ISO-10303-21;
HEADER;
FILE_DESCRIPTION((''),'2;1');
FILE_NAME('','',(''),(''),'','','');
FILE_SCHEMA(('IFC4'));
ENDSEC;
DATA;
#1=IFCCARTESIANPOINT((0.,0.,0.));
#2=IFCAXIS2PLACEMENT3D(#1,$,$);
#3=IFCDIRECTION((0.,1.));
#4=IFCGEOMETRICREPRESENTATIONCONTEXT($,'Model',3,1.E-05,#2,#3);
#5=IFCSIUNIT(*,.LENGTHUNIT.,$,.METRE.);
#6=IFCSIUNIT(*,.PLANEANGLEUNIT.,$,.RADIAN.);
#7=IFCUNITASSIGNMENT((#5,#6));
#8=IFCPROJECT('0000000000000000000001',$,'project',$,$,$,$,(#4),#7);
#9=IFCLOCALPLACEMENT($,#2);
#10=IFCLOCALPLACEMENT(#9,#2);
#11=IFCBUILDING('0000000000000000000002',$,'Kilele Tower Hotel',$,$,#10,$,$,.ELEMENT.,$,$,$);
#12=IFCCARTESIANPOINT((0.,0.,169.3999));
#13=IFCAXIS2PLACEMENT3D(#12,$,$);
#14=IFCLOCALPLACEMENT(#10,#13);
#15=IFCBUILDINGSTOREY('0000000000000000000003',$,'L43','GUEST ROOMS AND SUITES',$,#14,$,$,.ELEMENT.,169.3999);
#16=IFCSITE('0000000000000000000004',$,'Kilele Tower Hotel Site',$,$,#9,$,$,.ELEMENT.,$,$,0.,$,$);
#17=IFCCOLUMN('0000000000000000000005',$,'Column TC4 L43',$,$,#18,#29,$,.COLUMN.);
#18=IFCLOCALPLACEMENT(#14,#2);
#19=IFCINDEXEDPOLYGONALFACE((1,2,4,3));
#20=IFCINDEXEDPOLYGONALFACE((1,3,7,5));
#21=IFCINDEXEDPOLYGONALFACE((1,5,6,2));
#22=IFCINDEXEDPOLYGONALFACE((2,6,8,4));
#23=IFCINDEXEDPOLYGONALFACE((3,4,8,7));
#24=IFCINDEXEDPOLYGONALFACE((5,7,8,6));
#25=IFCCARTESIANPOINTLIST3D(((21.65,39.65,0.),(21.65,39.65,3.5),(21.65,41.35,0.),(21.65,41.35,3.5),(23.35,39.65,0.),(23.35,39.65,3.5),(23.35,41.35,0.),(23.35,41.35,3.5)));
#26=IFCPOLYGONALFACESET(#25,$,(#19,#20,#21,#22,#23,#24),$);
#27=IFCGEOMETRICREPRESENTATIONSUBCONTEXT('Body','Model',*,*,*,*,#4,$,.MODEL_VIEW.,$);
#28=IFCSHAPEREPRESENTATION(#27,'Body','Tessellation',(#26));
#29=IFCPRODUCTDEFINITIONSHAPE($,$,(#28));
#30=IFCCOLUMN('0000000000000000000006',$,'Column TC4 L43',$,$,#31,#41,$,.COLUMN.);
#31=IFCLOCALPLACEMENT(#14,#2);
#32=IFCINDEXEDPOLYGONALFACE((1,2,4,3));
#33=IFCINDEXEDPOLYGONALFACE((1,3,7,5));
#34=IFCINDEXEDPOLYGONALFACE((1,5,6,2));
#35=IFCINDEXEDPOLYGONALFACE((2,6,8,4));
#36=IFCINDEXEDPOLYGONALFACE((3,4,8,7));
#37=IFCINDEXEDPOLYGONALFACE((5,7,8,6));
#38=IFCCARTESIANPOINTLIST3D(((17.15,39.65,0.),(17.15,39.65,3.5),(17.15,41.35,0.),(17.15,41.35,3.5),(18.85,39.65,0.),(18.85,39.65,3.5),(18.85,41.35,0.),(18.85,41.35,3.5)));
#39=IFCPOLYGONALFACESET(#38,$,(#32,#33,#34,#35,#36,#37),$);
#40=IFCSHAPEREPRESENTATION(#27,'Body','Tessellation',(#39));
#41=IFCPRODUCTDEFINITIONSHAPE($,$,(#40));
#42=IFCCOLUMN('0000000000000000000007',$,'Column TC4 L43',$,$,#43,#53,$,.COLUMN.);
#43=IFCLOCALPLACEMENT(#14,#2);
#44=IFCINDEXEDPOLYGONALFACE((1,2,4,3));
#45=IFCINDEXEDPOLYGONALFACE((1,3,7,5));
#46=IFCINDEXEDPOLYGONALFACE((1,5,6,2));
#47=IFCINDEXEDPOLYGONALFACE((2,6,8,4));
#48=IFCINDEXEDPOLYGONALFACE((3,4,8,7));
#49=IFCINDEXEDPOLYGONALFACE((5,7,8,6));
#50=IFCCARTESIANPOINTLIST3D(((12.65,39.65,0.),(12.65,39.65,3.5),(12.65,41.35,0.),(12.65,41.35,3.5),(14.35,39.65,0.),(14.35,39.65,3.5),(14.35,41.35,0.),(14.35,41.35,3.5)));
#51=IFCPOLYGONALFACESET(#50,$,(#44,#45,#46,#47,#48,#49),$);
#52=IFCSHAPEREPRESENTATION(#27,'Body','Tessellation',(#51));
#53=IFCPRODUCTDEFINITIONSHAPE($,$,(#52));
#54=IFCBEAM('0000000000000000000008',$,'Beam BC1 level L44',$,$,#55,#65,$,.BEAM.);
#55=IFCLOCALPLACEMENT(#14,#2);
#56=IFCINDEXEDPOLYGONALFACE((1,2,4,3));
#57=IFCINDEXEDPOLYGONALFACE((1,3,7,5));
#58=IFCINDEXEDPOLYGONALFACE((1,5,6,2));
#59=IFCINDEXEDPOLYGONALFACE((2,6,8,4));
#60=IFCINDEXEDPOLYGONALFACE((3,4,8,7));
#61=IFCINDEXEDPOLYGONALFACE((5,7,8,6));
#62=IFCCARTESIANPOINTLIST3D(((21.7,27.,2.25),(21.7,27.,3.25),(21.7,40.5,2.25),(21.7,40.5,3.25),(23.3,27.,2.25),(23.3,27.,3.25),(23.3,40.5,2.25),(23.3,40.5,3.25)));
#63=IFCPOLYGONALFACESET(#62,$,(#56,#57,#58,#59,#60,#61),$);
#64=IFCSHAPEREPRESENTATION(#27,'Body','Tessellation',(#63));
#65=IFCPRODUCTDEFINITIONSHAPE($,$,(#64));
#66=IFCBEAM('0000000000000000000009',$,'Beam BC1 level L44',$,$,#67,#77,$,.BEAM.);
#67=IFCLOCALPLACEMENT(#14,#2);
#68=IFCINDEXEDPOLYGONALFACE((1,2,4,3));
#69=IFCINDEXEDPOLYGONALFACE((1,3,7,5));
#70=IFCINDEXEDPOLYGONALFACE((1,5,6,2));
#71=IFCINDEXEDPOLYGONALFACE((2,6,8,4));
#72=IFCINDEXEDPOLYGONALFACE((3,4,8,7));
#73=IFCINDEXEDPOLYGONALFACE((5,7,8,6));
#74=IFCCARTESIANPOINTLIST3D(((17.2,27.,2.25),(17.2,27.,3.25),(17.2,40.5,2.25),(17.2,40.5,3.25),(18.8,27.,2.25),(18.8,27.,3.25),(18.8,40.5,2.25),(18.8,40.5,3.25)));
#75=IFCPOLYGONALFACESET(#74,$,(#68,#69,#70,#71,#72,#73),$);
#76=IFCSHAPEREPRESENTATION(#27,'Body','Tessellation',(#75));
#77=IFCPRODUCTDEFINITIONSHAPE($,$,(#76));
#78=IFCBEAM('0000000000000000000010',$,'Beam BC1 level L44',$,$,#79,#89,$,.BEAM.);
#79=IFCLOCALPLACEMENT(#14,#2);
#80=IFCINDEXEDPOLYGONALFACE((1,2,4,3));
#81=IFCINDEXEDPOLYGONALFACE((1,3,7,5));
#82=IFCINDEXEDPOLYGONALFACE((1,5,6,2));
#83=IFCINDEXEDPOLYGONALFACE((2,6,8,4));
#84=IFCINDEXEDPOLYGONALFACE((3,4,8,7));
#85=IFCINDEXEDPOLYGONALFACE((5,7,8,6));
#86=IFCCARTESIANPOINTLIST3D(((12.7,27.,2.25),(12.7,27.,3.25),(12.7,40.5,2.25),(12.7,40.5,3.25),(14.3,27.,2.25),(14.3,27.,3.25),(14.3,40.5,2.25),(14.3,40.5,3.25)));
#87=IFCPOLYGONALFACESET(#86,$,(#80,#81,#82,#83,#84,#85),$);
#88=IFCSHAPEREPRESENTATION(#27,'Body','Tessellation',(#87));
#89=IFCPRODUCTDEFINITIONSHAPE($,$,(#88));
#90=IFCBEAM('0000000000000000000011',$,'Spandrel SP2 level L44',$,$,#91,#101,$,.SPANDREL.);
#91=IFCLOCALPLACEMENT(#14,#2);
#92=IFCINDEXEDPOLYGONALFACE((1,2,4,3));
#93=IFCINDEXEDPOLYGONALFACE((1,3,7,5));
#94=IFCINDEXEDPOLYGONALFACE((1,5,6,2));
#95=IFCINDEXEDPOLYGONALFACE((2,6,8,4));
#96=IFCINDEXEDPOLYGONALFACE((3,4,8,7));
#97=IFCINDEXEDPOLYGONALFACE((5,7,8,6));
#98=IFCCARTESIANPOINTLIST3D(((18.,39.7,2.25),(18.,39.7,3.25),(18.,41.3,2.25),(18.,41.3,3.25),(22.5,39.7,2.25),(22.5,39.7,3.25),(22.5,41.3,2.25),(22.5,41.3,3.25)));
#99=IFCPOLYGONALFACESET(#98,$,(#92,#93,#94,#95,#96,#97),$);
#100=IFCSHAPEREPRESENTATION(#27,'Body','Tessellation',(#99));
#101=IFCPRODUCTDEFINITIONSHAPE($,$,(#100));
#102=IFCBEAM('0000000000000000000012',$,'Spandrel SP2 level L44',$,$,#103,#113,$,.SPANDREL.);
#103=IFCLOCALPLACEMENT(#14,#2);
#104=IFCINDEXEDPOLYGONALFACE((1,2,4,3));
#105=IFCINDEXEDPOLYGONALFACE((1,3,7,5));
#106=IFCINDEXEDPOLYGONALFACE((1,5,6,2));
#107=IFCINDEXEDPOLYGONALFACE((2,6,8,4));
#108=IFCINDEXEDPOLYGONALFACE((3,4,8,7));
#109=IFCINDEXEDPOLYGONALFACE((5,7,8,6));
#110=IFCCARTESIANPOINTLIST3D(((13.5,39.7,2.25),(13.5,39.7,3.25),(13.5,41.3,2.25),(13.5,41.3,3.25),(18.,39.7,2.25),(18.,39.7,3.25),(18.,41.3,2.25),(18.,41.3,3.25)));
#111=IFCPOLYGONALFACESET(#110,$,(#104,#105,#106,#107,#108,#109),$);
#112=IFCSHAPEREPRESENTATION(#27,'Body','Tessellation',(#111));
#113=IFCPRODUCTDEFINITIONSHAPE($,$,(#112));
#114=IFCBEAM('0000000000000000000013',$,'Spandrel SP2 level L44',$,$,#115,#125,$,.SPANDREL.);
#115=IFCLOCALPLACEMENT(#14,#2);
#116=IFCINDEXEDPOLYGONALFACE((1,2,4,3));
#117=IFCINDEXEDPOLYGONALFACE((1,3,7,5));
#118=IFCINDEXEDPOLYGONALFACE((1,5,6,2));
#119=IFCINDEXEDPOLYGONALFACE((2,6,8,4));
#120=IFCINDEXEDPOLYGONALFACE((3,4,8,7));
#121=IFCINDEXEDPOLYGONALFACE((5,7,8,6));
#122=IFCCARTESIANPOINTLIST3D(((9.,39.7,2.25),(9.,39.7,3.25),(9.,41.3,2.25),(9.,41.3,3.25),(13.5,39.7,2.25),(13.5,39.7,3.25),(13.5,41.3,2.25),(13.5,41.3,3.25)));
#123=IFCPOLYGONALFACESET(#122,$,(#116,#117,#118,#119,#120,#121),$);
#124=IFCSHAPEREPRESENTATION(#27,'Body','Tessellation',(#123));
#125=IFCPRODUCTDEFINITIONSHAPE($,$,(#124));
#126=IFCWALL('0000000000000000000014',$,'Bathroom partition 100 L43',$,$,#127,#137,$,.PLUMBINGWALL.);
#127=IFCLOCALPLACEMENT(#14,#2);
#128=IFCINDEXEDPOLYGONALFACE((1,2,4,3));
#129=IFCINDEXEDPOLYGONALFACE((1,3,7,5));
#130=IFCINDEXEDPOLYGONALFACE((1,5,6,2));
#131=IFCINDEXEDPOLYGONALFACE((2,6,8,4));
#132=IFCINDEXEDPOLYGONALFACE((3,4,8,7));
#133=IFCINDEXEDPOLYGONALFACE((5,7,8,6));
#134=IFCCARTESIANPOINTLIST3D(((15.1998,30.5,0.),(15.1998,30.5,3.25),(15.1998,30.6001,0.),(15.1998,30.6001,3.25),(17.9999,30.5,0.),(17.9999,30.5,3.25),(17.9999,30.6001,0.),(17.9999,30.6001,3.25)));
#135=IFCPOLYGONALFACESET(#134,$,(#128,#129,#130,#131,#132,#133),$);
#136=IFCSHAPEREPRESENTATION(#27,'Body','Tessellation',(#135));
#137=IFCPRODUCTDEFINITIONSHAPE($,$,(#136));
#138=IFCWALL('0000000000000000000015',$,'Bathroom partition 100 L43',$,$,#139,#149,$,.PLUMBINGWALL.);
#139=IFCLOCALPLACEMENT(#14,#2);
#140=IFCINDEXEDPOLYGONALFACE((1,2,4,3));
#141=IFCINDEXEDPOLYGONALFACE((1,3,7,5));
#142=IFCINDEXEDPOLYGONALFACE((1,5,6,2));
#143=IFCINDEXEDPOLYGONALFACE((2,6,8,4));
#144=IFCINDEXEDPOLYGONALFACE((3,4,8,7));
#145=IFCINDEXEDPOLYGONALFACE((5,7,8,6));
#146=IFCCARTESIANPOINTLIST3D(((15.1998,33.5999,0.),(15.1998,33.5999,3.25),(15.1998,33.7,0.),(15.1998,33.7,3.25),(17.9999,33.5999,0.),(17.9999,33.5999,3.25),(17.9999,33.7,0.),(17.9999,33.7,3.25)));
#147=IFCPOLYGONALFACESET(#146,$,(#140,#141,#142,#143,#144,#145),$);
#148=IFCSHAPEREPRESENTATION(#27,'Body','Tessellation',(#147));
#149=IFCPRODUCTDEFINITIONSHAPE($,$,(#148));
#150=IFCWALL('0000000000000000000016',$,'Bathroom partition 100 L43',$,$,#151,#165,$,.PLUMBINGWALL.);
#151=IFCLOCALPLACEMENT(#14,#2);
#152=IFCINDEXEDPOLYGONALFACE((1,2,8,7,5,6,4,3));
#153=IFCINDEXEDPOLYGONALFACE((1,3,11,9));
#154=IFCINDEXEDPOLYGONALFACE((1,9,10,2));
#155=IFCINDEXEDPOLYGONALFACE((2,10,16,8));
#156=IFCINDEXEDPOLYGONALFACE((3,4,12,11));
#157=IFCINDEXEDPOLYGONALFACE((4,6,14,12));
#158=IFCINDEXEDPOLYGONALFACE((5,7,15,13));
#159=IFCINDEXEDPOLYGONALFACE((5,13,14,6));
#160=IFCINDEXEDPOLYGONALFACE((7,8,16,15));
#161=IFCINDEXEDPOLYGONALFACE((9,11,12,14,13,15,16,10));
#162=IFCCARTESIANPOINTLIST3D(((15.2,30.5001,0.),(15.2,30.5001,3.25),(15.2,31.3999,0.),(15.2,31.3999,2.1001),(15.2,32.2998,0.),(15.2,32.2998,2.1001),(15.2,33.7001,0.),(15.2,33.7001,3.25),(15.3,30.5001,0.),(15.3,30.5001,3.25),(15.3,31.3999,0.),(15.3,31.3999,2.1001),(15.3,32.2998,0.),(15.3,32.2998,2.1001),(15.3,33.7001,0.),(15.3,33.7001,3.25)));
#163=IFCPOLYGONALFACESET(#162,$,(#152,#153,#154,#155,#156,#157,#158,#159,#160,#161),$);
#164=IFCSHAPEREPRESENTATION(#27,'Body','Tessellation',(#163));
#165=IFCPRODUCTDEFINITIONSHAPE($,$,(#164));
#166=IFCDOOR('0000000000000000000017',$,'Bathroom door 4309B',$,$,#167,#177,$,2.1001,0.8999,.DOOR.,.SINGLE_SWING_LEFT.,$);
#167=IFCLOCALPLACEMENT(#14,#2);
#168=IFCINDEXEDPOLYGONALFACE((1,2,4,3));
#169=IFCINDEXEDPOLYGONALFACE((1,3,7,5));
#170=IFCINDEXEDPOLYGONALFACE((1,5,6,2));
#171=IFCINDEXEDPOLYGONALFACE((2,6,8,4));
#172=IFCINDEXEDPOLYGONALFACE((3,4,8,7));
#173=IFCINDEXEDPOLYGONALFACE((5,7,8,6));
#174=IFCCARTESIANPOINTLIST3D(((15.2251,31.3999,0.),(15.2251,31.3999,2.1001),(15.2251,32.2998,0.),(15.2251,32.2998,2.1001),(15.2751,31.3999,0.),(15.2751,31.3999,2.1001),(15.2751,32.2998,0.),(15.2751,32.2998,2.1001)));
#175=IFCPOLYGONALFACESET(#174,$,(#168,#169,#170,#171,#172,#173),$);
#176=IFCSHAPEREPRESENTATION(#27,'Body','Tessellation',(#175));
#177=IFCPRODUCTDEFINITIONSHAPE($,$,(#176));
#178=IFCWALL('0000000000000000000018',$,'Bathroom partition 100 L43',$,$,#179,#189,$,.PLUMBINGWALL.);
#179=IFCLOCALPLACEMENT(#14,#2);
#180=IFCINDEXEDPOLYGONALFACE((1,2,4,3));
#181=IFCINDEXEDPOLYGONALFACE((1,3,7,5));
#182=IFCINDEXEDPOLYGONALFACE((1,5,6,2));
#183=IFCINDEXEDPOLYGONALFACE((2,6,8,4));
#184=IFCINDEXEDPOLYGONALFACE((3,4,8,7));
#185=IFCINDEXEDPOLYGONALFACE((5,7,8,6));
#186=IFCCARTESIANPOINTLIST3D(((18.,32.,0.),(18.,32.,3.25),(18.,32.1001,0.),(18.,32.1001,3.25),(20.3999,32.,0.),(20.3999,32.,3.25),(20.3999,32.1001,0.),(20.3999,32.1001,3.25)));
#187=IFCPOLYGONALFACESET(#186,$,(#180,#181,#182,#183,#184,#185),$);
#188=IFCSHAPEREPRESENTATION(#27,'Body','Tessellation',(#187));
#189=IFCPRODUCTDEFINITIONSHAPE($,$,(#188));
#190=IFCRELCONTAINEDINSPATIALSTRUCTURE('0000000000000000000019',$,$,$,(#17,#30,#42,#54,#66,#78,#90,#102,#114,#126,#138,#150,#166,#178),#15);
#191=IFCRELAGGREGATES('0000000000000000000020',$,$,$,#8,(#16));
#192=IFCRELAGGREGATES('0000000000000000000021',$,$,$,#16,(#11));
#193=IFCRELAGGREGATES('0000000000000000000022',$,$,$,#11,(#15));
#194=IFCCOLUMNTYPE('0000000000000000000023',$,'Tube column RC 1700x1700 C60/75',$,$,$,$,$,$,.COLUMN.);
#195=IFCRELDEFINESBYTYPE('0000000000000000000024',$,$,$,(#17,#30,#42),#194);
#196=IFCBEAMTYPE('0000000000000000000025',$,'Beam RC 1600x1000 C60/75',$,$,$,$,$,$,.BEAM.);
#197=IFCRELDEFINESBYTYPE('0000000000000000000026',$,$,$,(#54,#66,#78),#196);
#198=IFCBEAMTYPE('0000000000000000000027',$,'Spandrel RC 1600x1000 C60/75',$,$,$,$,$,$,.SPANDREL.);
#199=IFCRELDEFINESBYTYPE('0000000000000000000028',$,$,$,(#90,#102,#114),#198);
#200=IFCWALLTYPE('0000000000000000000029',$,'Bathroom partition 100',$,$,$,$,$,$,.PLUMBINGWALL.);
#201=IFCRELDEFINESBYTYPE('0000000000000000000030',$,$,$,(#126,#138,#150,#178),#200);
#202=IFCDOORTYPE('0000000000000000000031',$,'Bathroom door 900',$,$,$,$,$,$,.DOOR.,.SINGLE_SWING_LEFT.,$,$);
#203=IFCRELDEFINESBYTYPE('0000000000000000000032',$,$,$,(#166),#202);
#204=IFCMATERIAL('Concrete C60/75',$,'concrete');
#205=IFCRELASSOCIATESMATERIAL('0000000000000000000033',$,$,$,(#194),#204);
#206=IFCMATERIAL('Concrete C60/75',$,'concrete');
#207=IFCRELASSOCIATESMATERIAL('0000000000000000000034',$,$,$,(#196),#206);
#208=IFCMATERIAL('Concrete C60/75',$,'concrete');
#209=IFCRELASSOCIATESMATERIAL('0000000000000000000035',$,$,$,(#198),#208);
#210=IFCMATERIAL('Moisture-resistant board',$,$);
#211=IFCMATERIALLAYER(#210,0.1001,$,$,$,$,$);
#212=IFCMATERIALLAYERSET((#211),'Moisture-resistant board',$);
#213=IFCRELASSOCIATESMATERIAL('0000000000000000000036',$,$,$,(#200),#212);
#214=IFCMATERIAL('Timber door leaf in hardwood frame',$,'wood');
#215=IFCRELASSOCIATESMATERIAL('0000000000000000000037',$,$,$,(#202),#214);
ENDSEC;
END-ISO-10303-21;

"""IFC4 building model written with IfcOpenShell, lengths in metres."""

from ifc_helpers import new_model, si_unit, direction, frame, frame_2d, origin, origin_2d, place, context, subcontext, project, spatial, rectangle, extrude, material, layer, layer_set, material_profile, profile_set, type_object, element, fill, save


model = new_model("IFC4")

# Units and contexts
model_context = context("Model", 3, precision=1e-05, world=origin(), true_north=direction((0.0, 1.0)))
body_context = subcontext(model_context, "Body", "Model", "MODEL_VIEW")
ifc_project = project(units=[si_unit("LENGTHUNIT", "METRE"), si_unit("PLANEANGLEUNIT", "RADIAN")], contexts=[model_context])

# Site, building, storey
site_placement = place(None, origin())
site = spatial("IfcSite", under=ifc_project, at=site_placement, Name="Kilele Tower Hotel Site", CompositionType="ELEMENT", RefElevation=0.0)
building_placement = place(site_placement, origin())
building = spatial("IfcBuilding", under=site, at=building_placement, Name="Kilele Tower Hotel", CompositionType="ELEMENT")
storey_placement = place(building_placement, frame((0.0, 0.0, 169.3999)))
storey = spatial("IfcBuildingStorey", under=building, at=storey_placement, Name="L43", Description="GUEST ROOMS AND SUITES", CompositionType="ELEMENT", Elevation=169.3999)

# Columns
ifc_material_1 = material(Name="Concrete C60/75", Category="concrete")
ifc_material_profile_1 = material_profile(ifc_material_1, rectangle(XDim=1.7, YDim=1.7, at=origin_2d()))
ifc_profile_set_1 = profile_set([ifc_material_profile_1], Name="Concrete C60/75")
column_type = type_object("IfcColumnType", Name="Tube column RC 1700x1700 C60/75", PredefinedType="COLUMN", material=ifc_profile_set_1)
for number, where, z_axis, x_axis, name in (
    (1, (22.5, 40.5, 0.0), (0.0, 0.0, 1.0), (1.0, 0.0, 0.0), "Column TC4 L43"),
    (2, (18.0, 40.5, 0.0), (0.0, 0.0, 1.0), (1.0, 0.0, 0.0), "Column TC4 L43"),
    (3, (13.5, 40.5, 0.0), (0.0, 0.0, 1.0), (1.0, 0.0, 0.0), "Column TC4 L43"),
):
    element("IfcColumn", number, at=place(storey_placement, frame(where, z_axis=z_axis, x_axis=x_axis)), inside=storey, type_object=column_type, Name=name, PredefinedType="COLUMN", context=body_context, shape_type="SweptSolid", body=[
        extrude(rectangle(XDim=1.7, YDim=1.7, at=origin_2d()), origin(), (0.0, 0.0, 1.0), 3.5),
    ])

# Beams
ifc_material_2 = material(Name="Concrete C60/75", Category="concrete")
ifc_material_profile_2 = material_profile(ifc_material_2, rectangle(XDim=1.6001, YDim=1.0, at=origin_2d()))
ifc_profile_set_2 = profile_set([ifc_material_profile_2], Name="Concrete C60/75")
beam_type_1 = type_object("IfcBeamType", Name="Beam RC 1600x1000 C60/75", PredefinedType="BEAM", material=ifc_profile_set_2)
for number, where, z_axis, x_axis, name in (
    (4, (22.5, 40.5, 2.75), (0.0, -1.0, 0.0), (1.0, 0.0, 0.0), "Beam BC1 level L44"),
    (5, (18.0, 40.5, 2.75), (0.0, -1.0, 0.0), (1.0, 0.0, 0.0), "Beam BC1 level L44"),
    (6, (13.5, 40.5, 2.75), (0.0, -1.0, 0.0), (1.0, 0.0, 0.0), "Beam BC1 level L44"),
):
    element("IfcBeam", number, at=place(storey_placement, frame(where, z_axis=z_axis, x_axis=x_axis)), inside=storey, type_object=beam_type_1, Name=name, PredefinedType="BEAM", context=body_context, shape_type="SweptSolid", body=[
        extrude(rectangle(XDim=1.6001, YDim=1.0, at=origin_2d()), origin(), (0.0, 0.0, 1.0), 13.5),
    ])
ifc_material_3 = material(Name="Concrete C60/75", Category="concrete")
ifc_material_profile_3 = material_profile(ifc_material_3, rectangle(XDim=1.6001, YDim=1.0, at=origin_2d()))
ifc_profile_set_3 = profile_set([ifc_material_profile_3], Name="Concrete C60/75")
beam_type_2 = type_object("IfcBeamType", Name="Spandrel RC 1600x1000 C60/75", PredefinedType="SPANDREL", material=ifc_profile_set_3)
for number, where, z_axis, x_axis, name in (
    (7, (22.5, 40.5, 2.75), (-1.0, 0.0, 0.0), (0.0, -1.0, 0.0), "Spandrel SP2 level L44"),
    (8, (18.0, 40.5, 2.75), (-1.0, 0.0, 0.0), (0.0, -1.0, 0.0), "Spandrel SP2 level L44"),
    (9, (13.5, 40.5, 2.75), (-1.0, 0.0, 0.0), (0.0, -1.0, 0.0), "Spandrel SP2 level L44"),
):
    element("IfcBeam", number, at=place(storey_placement, frame(where, z_axis=z_axis, x_axis=x_axis)), inside=storey, type_object=beam_type_2, Name=name, PredefinedType="SPANDREL", context=body_context, shape_type="SweptSolid", body=[
        extrude(rectangle(XDim=1.6001, YDim=1.0, at=origin_2d()), origin(), (0.0, 0.0, 1.0), 4.5),
    ])

# Walls
ifc_material_4 = material(Name="Moisture-resistant board")
ifc_layer_1 = layer(ifc_material_4, 0.1001)
ifc_layer_set_1 = layer_set([ifc_layer_1], Name="Moisture-resistant board")
wall_type_1 = type_object("IfcWallType", Name="Bathroom partition 100", PredefinedType="PLUMBINGWALL", material=ifc_layer_set_1)
for number, where, z_axis, x_axis, name in (
    (10, (15.2, 30.55, 0.0), (0.0, 0.0, 1.0), (1.0, 0.0, 0.0), "Bathroom partition 100 L43"),
    (11, (15.2, 33.6499, 0.0), (0.0, 0.0, 1.0), (1.0, 0.0, 0.0), "Bathroom partition 100 L43"),
):
    element("IfcWall", number, at=place(storey_placement, frame(where, z_axis=z_axis, x_axis=x_axis)), inside=storey, type_object=wall_type_1, Name=name, PredefinedType="PLUMBINGWALL", context=body_context, shape_type="SweptSolid", body=[
        extrude(rectangle(XDim=2.8, YDim=0.1001, at=frame_2d((1.3999, 0.0))), origin(), (0.0, 0.0, 1.0), 3.25),
    ])

# Wall, opening, door
wall_1_placement = place(storey_placement, frame((15.25, 30.5, 0.0), z_axis=(0.0, 0.0, 1.0), x_axis=(0.0, 1.0, 0.0)))
wall_1 = element("IfcWall", 12, at=wall_1_placement, inside=storey, type_object=wall_type_1, Name="Bathroom partition 100 L43", PredefinedType="PLUMBINGWALL", context=body_context, shape_type="SweptSolid", body=[
    extrude(rectangle(XDim=3.2, YDim=0.1001, at=frame_2d((1.6001, 0.0))), origin(), (0.0, 0.0, 1.0), 3.25),
])
opening_1_placement = place(wall_1_placement, frame((0.8999, 0.0, 0.0)))
opening_1 = element("IfcOpeningElement", 13, at=opening_1_placement, cuts=wall_1, PredefinedType="OPENING", context=body_context, shape_type="SweptSolid", body=[
    extrude(rectangle(XDim=0.8999, YDim=2.1001, at=frame_2d((0.45, 1.05))), frame((0.0, 0.0601, 0.0), z_axis=(0.0, -1.0, 0.0), x_axis=(1.0, 0.0, 0.0)), (0.0, 0.0, 1.0), 0.1201),
])
ifc_material_5 = material(Name="Timber door leaf in hardwood frame", Category="wood")
door_type_1 = type_object("IfcDoorType", Name="Bathroom door 900", OperationType="SINGLE_SWING_LEFT", PredefinedType="DOOR", material=ifc_material_5)
door_1_placement = place(opening_1_placement, origin())
door_1 = element("IfcDoor", 14, at=door_1_placement, inside=storey, type_object=door_type_1, Name="Bathroom door 4309B", OperationType="SINGLE_SWING_LEFT", OverallHeight=2.1001, OverallWidth=0.8999, PredefinedType="DOOR", context=body_context, shape_type="SweptSolid", body=[
    extrude(rectangle(XDim=0.8999, YDim=2.1001, at=frame_2d((0.45, 1.05))), frame((0.0, 0.0249, 0.0), z_axis=(0.0, -1.0, 0.0), x_axis=(1.0, 0.0, 0.0)), (0.0, 0.0, 1.0), 0.05),
])
fill(opening_1, door_1)

# Wall
wall_2_placement = place(storey_placement, frame((18.0, 32.05, 0.0), z_axis=(0.0, 0.0, 1.0), x_axis=(1.0, 0.0, 0.0)))
element("IfcWall", 15, at=wall_2_placement, inside=storey, type_object=wall_type_1, Name="Bathroom partition 100 L43", PredefinedType="PLUMBINGWALL", context=body_context, shape_type="SweptSolid", body=[
    extrude(rectangle(XDim=2.3999, YDim=0.1001, at=frame_2d((1.2, 0.0))), origin(), (0.0, 0.0, 1.0), 3.25),
])

save(model, "model.ifc")
